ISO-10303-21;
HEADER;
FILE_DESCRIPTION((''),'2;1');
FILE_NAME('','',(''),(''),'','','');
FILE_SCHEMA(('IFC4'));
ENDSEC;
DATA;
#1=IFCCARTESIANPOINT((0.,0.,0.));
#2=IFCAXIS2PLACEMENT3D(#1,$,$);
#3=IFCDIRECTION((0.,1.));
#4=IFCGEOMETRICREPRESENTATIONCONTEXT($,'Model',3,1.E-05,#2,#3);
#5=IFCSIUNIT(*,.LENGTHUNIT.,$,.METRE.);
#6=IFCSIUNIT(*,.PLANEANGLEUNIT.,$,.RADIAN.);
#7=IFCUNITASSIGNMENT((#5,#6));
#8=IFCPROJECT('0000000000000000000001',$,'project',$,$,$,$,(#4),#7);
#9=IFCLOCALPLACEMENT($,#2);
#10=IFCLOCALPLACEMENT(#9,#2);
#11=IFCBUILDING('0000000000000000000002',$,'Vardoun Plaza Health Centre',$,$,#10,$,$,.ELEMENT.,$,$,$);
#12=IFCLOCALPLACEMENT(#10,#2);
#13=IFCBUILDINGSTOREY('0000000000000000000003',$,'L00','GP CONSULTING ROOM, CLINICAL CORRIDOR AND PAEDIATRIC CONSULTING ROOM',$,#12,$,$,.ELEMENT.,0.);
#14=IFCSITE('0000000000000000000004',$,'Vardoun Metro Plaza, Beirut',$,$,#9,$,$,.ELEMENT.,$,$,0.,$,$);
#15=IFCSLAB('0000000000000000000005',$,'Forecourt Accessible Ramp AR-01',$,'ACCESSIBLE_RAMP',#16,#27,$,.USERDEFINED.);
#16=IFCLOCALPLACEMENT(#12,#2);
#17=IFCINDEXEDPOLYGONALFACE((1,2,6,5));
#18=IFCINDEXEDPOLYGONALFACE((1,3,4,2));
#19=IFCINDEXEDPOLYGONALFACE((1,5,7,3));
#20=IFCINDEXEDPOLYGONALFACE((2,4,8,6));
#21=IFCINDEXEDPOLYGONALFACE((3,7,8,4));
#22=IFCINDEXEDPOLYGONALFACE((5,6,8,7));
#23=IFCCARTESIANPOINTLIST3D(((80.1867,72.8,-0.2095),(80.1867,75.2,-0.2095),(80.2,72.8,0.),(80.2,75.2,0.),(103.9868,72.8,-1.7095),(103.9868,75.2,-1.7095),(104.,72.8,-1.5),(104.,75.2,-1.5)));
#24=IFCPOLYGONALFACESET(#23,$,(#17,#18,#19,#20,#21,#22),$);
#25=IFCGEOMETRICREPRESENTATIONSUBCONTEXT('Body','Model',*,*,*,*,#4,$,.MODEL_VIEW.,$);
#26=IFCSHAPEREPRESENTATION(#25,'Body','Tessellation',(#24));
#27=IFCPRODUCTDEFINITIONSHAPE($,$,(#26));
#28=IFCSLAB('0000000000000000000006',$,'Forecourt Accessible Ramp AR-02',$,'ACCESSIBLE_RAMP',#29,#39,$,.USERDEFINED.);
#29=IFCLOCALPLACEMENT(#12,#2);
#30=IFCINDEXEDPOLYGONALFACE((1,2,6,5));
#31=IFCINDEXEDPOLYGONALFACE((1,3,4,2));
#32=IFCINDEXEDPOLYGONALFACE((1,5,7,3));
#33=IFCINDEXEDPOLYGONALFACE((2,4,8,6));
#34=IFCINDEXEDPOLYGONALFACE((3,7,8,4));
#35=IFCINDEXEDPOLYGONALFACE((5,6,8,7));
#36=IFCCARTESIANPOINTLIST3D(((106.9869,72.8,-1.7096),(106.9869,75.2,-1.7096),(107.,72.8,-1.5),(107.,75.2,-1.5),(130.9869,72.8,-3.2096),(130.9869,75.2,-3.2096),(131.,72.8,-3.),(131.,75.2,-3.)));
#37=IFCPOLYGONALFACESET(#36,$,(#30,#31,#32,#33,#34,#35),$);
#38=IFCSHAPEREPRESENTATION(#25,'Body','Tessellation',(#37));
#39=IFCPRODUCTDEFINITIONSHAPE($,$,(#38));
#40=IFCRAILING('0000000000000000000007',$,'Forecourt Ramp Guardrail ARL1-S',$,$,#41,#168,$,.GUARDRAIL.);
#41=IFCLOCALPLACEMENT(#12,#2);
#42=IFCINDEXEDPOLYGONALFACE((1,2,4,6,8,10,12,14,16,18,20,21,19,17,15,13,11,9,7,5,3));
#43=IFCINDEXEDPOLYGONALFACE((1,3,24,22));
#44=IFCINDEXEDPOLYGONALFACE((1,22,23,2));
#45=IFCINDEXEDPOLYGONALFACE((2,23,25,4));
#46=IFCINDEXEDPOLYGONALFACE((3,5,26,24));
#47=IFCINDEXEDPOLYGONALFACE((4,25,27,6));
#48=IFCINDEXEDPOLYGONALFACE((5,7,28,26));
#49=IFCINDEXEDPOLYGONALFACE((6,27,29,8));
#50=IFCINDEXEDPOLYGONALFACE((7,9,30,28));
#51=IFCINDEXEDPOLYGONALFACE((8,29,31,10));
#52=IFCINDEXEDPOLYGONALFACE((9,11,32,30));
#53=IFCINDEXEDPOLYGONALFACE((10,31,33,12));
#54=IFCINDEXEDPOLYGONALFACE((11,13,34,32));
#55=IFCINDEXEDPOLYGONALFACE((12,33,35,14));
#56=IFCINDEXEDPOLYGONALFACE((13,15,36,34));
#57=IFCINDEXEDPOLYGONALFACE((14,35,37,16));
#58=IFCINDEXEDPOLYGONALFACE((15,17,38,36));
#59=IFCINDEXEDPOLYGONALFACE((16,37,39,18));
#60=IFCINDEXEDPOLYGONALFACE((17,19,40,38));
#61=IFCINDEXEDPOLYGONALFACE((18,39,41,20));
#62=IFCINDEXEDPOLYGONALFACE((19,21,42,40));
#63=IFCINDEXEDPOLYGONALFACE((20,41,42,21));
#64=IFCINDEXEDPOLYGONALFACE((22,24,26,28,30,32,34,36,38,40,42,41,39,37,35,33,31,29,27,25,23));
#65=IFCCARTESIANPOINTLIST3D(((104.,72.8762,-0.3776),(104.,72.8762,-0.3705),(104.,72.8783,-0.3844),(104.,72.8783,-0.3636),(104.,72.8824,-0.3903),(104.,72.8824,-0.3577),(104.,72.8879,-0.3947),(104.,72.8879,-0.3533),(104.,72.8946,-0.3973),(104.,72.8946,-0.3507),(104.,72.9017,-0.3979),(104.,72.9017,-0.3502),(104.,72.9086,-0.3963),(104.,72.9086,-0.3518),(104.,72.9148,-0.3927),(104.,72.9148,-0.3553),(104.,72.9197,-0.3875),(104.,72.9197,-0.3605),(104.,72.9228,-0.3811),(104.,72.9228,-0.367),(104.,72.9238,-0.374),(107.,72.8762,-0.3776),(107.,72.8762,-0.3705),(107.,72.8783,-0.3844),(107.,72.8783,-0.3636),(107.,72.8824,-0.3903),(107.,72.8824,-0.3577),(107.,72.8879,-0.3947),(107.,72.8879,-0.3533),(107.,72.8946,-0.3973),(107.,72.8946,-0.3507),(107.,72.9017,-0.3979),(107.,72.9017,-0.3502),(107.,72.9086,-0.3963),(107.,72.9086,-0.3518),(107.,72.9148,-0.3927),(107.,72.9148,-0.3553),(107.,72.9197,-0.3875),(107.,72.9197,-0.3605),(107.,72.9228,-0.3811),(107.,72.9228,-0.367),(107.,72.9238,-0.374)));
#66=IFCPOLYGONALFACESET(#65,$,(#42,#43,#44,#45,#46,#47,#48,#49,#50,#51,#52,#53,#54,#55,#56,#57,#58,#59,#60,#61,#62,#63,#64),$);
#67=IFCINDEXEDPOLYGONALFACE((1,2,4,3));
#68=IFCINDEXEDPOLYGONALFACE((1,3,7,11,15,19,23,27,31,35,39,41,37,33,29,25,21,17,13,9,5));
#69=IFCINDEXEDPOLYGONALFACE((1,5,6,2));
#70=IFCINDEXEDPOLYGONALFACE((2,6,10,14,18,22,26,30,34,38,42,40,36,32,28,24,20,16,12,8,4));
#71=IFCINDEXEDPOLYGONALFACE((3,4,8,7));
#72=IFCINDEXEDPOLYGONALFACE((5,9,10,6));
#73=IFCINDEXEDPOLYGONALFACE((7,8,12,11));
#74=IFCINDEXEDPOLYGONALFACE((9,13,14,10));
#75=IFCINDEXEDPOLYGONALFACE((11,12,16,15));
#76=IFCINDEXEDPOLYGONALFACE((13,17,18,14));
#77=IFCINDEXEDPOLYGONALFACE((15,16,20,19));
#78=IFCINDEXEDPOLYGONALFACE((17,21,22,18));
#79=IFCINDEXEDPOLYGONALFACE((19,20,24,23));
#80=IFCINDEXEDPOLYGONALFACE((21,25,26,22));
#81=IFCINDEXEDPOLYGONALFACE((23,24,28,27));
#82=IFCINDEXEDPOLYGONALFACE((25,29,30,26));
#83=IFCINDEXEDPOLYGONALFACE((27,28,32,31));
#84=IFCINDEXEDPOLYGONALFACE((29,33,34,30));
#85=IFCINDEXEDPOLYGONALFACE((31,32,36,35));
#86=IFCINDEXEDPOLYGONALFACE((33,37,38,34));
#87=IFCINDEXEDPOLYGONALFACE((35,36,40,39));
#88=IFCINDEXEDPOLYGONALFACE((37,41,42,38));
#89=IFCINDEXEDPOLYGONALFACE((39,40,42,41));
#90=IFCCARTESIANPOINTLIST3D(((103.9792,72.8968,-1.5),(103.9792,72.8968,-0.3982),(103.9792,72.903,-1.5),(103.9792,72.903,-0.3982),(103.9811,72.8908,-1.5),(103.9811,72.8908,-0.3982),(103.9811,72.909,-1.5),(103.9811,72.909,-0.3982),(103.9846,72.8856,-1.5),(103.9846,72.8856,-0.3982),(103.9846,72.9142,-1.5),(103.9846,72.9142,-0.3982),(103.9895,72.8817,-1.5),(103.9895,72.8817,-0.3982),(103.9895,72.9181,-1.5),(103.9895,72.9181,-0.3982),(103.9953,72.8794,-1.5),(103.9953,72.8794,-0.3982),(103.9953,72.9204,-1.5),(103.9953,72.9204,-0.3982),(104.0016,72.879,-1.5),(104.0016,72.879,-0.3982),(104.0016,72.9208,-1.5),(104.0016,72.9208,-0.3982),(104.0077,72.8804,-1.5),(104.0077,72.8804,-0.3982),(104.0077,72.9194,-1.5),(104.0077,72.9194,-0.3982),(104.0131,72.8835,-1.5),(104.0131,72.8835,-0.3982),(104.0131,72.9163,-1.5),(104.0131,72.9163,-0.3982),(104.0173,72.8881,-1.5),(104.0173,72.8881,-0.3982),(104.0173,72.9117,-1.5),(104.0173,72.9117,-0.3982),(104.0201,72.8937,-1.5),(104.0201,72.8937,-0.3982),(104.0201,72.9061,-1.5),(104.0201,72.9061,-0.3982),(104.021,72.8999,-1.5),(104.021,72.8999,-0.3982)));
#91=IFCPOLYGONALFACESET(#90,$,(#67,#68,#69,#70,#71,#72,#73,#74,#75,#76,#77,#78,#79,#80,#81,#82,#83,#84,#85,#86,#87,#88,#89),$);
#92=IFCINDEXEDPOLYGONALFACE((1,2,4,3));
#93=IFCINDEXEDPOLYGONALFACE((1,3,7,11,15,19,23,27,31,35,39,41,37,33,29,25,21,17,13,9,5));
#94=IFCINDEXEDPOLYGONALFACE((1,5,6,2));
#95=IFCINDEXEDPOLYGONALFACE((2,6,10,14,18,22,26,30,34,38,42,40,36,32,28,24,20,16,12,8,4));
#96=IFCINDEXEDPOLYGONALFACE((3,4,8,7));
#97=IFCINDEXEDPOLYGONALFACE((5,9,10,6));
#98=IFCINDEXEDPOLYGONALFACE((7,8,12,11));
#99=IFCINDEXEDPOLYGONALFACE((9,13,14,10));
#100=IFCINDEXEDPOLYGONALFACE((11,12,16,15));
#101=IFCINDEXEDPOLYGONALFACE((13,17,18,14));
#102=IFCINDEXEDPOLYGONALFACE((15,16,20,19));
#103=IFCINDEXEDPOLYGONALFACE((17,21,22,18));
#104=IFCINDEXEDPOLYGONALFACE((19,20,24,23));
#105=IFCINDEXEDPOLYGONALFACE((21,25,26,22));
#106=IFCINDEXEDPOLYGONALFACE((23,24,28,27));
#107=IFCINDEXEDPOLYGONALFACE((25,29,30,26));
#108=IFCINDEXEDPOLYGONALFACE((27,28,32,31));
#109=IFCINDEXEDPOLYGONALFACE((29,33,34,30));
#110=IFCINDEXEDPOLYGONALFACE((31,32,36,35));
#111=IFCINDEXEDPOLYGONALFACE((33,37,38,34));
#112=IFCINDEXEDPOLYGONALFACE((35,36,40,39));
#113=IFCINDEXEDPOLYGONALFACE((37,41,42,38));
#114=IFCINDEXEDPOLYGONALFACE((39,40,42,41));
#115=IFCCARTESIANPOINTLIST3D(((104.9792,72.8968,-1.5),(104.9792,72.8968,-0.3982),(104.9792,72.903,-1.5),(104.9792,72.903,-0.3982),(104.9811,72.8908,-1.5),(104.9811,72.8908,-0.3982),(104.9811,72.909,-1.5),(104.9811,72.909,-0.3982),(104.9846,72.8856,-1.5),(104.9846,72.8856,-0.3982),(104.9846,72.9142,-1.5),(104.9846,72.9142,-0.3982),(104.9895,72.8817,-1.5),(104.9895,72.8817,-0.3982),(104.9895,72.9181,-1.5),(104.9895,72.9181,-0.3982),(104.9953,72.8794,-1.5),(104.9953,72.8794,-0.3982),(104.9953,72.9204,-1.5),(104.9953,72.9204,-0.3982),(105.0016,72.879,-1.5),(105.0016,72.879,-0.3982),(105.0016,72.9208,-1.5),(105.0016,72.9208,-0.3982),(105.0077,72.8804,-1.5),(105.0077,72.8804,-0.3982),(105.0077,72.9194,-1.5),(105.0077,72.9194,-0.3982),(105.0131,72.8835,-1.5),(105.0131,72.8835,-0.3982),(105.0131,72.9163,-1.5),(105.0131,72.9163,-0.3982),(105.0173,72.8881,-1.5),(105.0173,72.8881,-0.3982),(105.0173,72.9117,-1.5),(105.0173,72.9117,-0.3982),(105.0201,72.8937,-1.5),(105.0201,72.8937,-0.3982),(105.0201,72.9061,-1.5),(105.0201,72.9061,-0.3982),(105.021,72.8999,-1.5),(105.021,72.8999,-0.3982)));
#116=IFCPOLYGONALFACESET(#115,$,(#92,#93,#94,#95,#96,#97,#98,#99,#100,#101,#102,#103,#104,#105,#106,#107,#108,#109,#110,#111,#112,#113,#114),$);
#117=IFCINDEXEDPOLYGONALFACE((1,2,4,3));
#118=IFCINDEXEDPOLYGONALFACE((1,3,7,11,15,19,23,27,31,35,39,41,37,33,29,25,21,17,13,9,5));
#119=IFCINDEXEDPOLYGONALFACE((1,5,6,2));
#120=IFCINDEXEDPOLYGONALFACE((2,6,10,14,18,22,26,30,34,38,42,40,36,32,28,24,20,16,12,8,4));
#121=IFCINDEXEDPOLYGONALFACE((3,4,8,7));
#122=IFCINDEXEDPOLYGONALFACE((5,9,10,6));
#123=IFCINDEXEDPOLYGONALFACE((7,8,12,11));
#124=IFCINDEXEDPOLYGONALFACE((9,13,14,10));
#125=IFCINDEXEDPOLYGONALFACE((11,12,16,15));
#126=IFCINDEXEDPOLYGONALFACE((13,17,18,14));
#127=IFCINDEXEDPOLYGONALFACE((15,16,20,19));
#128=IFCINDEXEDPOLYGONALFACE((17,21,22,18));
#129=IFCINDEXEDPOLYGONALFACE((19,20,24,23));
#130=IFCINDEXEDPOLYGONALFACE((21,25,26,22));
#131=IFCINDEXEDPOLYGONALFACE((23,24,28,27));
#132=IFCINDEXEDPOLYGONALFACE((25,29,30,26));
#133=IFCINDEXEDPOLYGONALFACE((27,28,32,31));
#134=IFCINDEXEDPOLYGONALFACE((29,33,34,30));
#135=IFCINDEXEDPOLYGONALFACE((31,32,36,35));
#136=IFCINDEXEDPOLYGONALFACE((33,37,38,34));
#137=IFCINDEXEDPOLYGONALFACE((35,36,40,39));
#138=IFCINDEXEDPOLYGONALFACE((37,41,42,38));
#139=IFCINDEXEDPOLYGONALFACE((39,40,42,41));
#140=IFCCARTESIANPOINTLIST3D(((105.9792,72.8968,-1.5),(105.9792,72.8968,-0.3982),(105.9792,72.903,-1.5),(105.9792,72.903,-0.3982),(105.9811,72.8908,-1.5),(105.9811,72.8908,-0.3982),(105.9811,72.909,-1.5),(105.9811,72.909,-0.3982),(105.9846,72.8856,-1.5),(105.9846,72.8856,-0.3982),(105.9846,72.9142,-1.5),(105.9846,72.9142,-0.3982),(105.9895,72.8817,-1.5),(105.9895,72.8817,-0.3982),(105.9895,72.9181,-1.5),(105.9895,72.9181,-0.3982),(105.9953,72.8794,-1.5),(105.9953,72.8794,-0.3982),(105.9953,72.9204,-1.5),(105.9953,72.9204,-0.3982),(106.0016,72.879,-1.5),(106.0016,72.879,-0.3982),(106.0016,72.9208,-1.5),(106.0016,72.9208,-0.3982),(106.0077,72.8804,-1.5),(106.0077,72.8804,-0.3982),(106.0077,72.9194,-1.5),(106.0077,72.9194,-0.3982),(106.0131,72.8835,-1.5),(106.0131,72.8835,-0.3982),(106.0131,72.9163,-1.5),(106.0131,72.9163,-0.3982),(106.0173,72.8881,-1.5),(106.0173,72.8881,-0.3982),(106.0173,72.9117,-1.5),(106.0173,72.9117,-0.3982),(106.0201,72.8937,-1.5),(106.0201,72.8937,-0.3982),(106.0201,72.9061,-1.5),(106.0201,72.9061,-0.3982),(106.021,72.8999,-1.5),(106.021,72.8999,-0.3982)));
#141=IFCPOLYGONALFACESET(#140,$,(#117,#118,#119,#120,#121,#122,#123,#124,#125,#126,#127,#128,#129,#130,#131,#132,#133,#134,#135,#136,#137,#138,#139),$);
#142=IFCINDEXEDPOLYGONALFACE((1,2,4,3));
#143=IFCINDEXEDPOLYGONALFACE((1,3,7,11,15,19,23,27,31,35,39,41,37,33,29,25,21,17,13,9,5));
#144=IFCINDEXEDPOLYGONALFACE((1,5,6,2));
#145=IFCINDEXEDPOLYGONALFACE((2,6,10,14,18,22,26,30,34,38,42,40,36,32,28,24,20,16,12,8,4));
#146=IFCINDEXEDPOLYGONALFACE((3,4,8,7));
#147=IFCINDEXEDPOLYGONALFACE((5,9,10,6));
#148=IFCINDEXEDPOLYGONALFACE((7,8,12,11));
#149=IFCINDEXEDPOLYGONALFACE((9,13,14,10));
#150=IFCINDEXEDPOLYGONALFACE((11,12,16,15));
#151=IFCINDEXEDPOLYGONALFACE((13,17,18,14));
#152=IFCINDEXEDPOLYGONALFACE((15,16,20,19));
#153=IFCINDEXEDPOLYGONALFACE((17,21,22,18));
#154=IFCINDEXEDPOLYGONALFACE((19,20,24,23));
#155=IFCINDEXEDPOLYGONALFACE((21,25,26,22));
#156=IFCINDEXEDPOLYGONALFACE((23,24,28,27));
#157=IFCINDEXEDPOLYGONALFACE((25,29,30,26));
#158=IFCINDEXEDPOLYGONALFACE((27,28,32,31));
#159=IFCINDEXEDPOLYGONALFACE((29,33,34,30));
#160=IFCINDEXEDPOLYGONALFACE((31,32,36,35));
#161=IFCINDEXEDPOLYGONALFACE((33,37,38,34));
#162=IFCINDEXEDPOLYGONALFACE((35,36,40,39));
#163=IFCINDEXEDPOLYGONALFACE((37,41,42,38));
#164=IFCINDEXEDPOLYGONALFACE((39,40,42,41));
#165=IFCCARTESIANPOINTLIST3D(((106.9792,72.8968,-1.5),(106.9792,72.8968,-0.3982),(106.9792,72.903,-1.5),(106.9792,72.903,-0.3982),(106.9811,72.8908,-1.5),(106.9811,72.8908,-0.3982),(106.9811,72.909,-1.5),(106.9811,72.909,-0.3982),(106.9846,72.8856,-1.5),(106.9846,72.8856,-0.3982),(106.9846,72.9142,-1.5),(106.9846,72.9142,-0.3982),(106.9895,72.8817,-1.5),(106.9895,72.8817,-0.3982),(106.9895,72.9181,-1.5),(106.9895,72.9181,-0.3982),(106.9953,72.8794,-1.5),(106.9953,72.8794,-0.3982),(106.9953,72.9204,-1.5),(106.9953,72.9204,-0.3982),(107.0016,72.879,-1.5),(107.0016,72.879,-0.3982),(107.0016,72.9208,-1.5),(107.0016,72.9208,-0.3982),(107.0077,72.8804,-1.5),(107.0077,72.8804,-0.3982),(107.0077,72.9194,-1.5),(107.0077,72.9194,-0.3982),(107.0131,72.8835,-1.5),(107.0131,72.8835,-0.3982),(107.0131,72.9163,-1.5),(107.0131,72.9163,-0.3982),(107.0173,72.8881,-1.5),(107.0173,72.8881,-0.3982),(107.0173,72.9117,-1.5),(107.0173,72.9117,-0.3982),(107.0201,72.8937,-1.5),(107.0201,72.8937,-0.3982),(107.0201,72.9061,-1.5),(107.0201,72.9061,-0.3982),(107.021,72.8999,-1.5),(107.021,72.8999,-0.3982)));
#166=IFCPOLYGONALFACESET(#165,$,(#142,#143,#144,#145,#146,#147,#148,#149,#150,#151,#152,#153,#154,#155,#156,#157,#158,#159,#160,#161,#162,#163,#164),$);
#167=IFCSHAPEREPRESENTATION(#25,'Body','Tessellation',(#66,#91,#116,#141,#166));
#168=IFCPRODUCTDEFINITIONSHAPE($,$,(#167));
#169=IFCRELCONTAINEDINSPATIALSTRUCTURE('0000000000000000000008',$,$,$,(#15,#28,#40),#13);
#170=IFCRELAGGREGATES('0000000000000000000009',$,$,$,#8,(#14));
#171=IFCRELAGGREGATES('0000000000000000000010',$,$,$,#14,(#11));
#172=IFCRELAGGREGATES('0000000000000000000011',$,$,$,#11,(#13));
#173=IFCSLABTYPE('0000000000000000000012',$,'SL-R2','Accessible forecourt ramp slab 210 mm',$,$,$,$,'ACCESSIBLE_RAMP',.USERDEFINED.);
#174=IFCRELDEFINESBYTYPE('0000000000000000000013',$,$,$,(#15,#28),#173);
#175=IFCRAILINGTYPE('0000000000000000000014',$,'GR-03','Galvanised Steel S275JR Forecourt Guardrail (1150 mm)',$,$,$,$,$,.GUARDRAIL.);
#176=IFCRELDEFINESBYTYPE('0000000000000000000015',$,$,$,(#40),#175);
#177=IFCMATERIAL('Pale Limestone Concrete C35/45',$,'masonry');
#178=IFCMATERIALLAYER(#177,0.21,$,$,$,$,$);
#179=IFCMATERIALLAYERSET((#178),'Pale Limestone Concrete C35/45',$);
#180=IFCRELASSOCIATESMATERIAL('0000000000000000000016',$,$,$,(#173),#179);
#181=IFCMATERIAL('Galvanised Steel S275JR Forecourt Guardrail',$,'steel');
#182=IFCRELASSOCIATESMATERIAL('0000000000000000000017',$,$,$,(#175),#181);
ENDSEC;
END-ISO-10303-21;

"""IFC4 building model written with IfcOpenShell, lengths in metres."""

from ifc_helpers import new_model, si_unit, direction, frame, origin, origin_2d, place, context, subcontext, project, spatial, polyline, circle, outline, extrude, material, layer, layer_set, type_object, element, save


model = new_model("IFC4")

# Units and contexts
model_context = context("Model", 3, precision=1e-05, world=origin(), true_north=direction((0.0, 1.0)))
body_context = subcontext(model_context, "Body", "Model", "MODEL_VIEW")
ifc_project = project(units=[si_unit("LENGTHUNIT", "METRE"), si_unit("PLANEANGLEUNIT", "RADIAN")], contexts=[model_context])

# Site, building, storey
site_placement = place(None, origin())
site = spatial("IfcSite", under=ifc_project, at=site_placement, Name="Vardoun Metro Plaza, Beirut", CompositionType="ELEMENT", RefElevation=0.0)
building_placement = place(site_placement, origin())
building = spatial("IfcBuilding", under=site, at=building_placement, Name="Vardoun Plaza Health Centre", CompositionType="ELEMENT")
storey_placement = place(building_placement, origin())
storey = spatial("IfcBuildingStorey", under=building, at=storey_placement, Name="L00", Description="GP CONSULTING ROOM, CLINICAL CORRIDOR AND PAEDIATRIC CONSULTING ROOM", CompositionType="ELEMENT", Elevation=0.0)

# Slabs
ifc_material_1 = material(Name="Pale Limestone Concrete C35/45", Category="masonry")
ifc_layer_1 = layer(ifc_material_1, 0.21)
ifc_layer_set_1 = layer_set([ifc_layer_1], Name="Pale Limestone Concrete C35/45")
slab_type = type_object("IfcSlabType", Name="SL-R2", Description="Accessible forecourt ramp slab 210 mm", ElementType="ACCESSIBLE_RAMP", PredefinedType="USERDEFINED", material=ifc_layer_set_1)
slab_1_placement = place(storey_placement, frame((80.2, 72.8, 0.0), z_axis=(0.0629, 0.0, 0.99802), x_axis=(0.99802, 0.0, -0.0629)))
element("IfcSlab", 1, at=slab_1_placement, inside=storey, type_object=slab_type, Name="Forecourt Accessible Ramp AR-01", ObjectType="ACCESSIBLE_RAMP", PredefinedType="USERDEFINED", context=body_context, shape_type="SweptSolid", body=[
    extrude(outline(polyline([(0.0, 0.0), (23.8473, 0.0), (23.8473, 2.3999), (0.0, 2.3999), (0.0, 0.0)])), origin(), (0.0, 0.0, -1.0), 0.21),
])
slab_2_placement = place(storey_placement, frame((107.0, 72.8, -1.5), z_axis=(0.062378, 0.0, 0.998053), x_axis=(0.998053, 0.0, -0.062378)))
element("IfcSlab", 2, at=slab_2_placement, inside=storey, type_object=slab_type, Name="Forecourt Accessible Ramp AR-02", ObjectType="ACCESSIBLE_RAMP", PredefinedType="USERDEFINED", context=body_context, shape_type="SweptSolid", body=[
    extrude(outline(polyline([(0.0, 0.0), (24.0468, 0.0), (24.0468, 2.3999), (0.0, 2.3999), (0.0, 0.0)])), origin(), (0.0, 0.0, -1.0), 0.21),
])

# Railing
ifc_material_2 = material(Name="Galvanised Steel S275JR Forecourt Guardrail", Category="steel")
railing_type = type_object("IfcRailingType", Name="GR-03", Description="Galvanised Steel S275JR Forecourt Guardrail (1150 mm)", PredefinedType="GUARDRAIL", material=ifc_material_2)
for number, where, name in (
    (3, (104.0, 72.8999, -1.5), "Forecourt Ramp Guardrail ARL1-S"),
):
    element("IfcRailing", number, at=place(storey_placement, frame(where)), inside=storey, type_object=railing_type, Name=name, PredefinedType="GUARDRAIL", context=body_context, shape_type="SweptSolid", body=[
        extrude(circle(Radius=0.0239, at=origin_2d()), frame((0.0, 0.0, 1.126), z_axis=(1.0, 0.0, 0.0), x_axis=(0.0, 1.0, 0.0)), (0.0, 0.0, 1.0), 3.0),
        extrude(circle(Radius=0.021, at=origin_2d()), origin(), (0.0, 0.0, 1.0), 1.1018),
        extrude(circle(Radius=0.021, at=origin_2d()), frame((1.0, 0.0, 0.0)), (0.0, 0.0, 1.0), 1.1018),
        extrude(circle(Radius=0.021, at=origin_2d()), frame((2.0, 0.0, 0.0)), (0.0, 0.0, 1.0), 1.1018),
        extrude(circle(Radius=0.021, at=origin_2d()), frame((3.0, 0.0, 0.0)), (0.0, 0.0, 1.0), 1.1018),
    ])

save(model, "model.ifc")
